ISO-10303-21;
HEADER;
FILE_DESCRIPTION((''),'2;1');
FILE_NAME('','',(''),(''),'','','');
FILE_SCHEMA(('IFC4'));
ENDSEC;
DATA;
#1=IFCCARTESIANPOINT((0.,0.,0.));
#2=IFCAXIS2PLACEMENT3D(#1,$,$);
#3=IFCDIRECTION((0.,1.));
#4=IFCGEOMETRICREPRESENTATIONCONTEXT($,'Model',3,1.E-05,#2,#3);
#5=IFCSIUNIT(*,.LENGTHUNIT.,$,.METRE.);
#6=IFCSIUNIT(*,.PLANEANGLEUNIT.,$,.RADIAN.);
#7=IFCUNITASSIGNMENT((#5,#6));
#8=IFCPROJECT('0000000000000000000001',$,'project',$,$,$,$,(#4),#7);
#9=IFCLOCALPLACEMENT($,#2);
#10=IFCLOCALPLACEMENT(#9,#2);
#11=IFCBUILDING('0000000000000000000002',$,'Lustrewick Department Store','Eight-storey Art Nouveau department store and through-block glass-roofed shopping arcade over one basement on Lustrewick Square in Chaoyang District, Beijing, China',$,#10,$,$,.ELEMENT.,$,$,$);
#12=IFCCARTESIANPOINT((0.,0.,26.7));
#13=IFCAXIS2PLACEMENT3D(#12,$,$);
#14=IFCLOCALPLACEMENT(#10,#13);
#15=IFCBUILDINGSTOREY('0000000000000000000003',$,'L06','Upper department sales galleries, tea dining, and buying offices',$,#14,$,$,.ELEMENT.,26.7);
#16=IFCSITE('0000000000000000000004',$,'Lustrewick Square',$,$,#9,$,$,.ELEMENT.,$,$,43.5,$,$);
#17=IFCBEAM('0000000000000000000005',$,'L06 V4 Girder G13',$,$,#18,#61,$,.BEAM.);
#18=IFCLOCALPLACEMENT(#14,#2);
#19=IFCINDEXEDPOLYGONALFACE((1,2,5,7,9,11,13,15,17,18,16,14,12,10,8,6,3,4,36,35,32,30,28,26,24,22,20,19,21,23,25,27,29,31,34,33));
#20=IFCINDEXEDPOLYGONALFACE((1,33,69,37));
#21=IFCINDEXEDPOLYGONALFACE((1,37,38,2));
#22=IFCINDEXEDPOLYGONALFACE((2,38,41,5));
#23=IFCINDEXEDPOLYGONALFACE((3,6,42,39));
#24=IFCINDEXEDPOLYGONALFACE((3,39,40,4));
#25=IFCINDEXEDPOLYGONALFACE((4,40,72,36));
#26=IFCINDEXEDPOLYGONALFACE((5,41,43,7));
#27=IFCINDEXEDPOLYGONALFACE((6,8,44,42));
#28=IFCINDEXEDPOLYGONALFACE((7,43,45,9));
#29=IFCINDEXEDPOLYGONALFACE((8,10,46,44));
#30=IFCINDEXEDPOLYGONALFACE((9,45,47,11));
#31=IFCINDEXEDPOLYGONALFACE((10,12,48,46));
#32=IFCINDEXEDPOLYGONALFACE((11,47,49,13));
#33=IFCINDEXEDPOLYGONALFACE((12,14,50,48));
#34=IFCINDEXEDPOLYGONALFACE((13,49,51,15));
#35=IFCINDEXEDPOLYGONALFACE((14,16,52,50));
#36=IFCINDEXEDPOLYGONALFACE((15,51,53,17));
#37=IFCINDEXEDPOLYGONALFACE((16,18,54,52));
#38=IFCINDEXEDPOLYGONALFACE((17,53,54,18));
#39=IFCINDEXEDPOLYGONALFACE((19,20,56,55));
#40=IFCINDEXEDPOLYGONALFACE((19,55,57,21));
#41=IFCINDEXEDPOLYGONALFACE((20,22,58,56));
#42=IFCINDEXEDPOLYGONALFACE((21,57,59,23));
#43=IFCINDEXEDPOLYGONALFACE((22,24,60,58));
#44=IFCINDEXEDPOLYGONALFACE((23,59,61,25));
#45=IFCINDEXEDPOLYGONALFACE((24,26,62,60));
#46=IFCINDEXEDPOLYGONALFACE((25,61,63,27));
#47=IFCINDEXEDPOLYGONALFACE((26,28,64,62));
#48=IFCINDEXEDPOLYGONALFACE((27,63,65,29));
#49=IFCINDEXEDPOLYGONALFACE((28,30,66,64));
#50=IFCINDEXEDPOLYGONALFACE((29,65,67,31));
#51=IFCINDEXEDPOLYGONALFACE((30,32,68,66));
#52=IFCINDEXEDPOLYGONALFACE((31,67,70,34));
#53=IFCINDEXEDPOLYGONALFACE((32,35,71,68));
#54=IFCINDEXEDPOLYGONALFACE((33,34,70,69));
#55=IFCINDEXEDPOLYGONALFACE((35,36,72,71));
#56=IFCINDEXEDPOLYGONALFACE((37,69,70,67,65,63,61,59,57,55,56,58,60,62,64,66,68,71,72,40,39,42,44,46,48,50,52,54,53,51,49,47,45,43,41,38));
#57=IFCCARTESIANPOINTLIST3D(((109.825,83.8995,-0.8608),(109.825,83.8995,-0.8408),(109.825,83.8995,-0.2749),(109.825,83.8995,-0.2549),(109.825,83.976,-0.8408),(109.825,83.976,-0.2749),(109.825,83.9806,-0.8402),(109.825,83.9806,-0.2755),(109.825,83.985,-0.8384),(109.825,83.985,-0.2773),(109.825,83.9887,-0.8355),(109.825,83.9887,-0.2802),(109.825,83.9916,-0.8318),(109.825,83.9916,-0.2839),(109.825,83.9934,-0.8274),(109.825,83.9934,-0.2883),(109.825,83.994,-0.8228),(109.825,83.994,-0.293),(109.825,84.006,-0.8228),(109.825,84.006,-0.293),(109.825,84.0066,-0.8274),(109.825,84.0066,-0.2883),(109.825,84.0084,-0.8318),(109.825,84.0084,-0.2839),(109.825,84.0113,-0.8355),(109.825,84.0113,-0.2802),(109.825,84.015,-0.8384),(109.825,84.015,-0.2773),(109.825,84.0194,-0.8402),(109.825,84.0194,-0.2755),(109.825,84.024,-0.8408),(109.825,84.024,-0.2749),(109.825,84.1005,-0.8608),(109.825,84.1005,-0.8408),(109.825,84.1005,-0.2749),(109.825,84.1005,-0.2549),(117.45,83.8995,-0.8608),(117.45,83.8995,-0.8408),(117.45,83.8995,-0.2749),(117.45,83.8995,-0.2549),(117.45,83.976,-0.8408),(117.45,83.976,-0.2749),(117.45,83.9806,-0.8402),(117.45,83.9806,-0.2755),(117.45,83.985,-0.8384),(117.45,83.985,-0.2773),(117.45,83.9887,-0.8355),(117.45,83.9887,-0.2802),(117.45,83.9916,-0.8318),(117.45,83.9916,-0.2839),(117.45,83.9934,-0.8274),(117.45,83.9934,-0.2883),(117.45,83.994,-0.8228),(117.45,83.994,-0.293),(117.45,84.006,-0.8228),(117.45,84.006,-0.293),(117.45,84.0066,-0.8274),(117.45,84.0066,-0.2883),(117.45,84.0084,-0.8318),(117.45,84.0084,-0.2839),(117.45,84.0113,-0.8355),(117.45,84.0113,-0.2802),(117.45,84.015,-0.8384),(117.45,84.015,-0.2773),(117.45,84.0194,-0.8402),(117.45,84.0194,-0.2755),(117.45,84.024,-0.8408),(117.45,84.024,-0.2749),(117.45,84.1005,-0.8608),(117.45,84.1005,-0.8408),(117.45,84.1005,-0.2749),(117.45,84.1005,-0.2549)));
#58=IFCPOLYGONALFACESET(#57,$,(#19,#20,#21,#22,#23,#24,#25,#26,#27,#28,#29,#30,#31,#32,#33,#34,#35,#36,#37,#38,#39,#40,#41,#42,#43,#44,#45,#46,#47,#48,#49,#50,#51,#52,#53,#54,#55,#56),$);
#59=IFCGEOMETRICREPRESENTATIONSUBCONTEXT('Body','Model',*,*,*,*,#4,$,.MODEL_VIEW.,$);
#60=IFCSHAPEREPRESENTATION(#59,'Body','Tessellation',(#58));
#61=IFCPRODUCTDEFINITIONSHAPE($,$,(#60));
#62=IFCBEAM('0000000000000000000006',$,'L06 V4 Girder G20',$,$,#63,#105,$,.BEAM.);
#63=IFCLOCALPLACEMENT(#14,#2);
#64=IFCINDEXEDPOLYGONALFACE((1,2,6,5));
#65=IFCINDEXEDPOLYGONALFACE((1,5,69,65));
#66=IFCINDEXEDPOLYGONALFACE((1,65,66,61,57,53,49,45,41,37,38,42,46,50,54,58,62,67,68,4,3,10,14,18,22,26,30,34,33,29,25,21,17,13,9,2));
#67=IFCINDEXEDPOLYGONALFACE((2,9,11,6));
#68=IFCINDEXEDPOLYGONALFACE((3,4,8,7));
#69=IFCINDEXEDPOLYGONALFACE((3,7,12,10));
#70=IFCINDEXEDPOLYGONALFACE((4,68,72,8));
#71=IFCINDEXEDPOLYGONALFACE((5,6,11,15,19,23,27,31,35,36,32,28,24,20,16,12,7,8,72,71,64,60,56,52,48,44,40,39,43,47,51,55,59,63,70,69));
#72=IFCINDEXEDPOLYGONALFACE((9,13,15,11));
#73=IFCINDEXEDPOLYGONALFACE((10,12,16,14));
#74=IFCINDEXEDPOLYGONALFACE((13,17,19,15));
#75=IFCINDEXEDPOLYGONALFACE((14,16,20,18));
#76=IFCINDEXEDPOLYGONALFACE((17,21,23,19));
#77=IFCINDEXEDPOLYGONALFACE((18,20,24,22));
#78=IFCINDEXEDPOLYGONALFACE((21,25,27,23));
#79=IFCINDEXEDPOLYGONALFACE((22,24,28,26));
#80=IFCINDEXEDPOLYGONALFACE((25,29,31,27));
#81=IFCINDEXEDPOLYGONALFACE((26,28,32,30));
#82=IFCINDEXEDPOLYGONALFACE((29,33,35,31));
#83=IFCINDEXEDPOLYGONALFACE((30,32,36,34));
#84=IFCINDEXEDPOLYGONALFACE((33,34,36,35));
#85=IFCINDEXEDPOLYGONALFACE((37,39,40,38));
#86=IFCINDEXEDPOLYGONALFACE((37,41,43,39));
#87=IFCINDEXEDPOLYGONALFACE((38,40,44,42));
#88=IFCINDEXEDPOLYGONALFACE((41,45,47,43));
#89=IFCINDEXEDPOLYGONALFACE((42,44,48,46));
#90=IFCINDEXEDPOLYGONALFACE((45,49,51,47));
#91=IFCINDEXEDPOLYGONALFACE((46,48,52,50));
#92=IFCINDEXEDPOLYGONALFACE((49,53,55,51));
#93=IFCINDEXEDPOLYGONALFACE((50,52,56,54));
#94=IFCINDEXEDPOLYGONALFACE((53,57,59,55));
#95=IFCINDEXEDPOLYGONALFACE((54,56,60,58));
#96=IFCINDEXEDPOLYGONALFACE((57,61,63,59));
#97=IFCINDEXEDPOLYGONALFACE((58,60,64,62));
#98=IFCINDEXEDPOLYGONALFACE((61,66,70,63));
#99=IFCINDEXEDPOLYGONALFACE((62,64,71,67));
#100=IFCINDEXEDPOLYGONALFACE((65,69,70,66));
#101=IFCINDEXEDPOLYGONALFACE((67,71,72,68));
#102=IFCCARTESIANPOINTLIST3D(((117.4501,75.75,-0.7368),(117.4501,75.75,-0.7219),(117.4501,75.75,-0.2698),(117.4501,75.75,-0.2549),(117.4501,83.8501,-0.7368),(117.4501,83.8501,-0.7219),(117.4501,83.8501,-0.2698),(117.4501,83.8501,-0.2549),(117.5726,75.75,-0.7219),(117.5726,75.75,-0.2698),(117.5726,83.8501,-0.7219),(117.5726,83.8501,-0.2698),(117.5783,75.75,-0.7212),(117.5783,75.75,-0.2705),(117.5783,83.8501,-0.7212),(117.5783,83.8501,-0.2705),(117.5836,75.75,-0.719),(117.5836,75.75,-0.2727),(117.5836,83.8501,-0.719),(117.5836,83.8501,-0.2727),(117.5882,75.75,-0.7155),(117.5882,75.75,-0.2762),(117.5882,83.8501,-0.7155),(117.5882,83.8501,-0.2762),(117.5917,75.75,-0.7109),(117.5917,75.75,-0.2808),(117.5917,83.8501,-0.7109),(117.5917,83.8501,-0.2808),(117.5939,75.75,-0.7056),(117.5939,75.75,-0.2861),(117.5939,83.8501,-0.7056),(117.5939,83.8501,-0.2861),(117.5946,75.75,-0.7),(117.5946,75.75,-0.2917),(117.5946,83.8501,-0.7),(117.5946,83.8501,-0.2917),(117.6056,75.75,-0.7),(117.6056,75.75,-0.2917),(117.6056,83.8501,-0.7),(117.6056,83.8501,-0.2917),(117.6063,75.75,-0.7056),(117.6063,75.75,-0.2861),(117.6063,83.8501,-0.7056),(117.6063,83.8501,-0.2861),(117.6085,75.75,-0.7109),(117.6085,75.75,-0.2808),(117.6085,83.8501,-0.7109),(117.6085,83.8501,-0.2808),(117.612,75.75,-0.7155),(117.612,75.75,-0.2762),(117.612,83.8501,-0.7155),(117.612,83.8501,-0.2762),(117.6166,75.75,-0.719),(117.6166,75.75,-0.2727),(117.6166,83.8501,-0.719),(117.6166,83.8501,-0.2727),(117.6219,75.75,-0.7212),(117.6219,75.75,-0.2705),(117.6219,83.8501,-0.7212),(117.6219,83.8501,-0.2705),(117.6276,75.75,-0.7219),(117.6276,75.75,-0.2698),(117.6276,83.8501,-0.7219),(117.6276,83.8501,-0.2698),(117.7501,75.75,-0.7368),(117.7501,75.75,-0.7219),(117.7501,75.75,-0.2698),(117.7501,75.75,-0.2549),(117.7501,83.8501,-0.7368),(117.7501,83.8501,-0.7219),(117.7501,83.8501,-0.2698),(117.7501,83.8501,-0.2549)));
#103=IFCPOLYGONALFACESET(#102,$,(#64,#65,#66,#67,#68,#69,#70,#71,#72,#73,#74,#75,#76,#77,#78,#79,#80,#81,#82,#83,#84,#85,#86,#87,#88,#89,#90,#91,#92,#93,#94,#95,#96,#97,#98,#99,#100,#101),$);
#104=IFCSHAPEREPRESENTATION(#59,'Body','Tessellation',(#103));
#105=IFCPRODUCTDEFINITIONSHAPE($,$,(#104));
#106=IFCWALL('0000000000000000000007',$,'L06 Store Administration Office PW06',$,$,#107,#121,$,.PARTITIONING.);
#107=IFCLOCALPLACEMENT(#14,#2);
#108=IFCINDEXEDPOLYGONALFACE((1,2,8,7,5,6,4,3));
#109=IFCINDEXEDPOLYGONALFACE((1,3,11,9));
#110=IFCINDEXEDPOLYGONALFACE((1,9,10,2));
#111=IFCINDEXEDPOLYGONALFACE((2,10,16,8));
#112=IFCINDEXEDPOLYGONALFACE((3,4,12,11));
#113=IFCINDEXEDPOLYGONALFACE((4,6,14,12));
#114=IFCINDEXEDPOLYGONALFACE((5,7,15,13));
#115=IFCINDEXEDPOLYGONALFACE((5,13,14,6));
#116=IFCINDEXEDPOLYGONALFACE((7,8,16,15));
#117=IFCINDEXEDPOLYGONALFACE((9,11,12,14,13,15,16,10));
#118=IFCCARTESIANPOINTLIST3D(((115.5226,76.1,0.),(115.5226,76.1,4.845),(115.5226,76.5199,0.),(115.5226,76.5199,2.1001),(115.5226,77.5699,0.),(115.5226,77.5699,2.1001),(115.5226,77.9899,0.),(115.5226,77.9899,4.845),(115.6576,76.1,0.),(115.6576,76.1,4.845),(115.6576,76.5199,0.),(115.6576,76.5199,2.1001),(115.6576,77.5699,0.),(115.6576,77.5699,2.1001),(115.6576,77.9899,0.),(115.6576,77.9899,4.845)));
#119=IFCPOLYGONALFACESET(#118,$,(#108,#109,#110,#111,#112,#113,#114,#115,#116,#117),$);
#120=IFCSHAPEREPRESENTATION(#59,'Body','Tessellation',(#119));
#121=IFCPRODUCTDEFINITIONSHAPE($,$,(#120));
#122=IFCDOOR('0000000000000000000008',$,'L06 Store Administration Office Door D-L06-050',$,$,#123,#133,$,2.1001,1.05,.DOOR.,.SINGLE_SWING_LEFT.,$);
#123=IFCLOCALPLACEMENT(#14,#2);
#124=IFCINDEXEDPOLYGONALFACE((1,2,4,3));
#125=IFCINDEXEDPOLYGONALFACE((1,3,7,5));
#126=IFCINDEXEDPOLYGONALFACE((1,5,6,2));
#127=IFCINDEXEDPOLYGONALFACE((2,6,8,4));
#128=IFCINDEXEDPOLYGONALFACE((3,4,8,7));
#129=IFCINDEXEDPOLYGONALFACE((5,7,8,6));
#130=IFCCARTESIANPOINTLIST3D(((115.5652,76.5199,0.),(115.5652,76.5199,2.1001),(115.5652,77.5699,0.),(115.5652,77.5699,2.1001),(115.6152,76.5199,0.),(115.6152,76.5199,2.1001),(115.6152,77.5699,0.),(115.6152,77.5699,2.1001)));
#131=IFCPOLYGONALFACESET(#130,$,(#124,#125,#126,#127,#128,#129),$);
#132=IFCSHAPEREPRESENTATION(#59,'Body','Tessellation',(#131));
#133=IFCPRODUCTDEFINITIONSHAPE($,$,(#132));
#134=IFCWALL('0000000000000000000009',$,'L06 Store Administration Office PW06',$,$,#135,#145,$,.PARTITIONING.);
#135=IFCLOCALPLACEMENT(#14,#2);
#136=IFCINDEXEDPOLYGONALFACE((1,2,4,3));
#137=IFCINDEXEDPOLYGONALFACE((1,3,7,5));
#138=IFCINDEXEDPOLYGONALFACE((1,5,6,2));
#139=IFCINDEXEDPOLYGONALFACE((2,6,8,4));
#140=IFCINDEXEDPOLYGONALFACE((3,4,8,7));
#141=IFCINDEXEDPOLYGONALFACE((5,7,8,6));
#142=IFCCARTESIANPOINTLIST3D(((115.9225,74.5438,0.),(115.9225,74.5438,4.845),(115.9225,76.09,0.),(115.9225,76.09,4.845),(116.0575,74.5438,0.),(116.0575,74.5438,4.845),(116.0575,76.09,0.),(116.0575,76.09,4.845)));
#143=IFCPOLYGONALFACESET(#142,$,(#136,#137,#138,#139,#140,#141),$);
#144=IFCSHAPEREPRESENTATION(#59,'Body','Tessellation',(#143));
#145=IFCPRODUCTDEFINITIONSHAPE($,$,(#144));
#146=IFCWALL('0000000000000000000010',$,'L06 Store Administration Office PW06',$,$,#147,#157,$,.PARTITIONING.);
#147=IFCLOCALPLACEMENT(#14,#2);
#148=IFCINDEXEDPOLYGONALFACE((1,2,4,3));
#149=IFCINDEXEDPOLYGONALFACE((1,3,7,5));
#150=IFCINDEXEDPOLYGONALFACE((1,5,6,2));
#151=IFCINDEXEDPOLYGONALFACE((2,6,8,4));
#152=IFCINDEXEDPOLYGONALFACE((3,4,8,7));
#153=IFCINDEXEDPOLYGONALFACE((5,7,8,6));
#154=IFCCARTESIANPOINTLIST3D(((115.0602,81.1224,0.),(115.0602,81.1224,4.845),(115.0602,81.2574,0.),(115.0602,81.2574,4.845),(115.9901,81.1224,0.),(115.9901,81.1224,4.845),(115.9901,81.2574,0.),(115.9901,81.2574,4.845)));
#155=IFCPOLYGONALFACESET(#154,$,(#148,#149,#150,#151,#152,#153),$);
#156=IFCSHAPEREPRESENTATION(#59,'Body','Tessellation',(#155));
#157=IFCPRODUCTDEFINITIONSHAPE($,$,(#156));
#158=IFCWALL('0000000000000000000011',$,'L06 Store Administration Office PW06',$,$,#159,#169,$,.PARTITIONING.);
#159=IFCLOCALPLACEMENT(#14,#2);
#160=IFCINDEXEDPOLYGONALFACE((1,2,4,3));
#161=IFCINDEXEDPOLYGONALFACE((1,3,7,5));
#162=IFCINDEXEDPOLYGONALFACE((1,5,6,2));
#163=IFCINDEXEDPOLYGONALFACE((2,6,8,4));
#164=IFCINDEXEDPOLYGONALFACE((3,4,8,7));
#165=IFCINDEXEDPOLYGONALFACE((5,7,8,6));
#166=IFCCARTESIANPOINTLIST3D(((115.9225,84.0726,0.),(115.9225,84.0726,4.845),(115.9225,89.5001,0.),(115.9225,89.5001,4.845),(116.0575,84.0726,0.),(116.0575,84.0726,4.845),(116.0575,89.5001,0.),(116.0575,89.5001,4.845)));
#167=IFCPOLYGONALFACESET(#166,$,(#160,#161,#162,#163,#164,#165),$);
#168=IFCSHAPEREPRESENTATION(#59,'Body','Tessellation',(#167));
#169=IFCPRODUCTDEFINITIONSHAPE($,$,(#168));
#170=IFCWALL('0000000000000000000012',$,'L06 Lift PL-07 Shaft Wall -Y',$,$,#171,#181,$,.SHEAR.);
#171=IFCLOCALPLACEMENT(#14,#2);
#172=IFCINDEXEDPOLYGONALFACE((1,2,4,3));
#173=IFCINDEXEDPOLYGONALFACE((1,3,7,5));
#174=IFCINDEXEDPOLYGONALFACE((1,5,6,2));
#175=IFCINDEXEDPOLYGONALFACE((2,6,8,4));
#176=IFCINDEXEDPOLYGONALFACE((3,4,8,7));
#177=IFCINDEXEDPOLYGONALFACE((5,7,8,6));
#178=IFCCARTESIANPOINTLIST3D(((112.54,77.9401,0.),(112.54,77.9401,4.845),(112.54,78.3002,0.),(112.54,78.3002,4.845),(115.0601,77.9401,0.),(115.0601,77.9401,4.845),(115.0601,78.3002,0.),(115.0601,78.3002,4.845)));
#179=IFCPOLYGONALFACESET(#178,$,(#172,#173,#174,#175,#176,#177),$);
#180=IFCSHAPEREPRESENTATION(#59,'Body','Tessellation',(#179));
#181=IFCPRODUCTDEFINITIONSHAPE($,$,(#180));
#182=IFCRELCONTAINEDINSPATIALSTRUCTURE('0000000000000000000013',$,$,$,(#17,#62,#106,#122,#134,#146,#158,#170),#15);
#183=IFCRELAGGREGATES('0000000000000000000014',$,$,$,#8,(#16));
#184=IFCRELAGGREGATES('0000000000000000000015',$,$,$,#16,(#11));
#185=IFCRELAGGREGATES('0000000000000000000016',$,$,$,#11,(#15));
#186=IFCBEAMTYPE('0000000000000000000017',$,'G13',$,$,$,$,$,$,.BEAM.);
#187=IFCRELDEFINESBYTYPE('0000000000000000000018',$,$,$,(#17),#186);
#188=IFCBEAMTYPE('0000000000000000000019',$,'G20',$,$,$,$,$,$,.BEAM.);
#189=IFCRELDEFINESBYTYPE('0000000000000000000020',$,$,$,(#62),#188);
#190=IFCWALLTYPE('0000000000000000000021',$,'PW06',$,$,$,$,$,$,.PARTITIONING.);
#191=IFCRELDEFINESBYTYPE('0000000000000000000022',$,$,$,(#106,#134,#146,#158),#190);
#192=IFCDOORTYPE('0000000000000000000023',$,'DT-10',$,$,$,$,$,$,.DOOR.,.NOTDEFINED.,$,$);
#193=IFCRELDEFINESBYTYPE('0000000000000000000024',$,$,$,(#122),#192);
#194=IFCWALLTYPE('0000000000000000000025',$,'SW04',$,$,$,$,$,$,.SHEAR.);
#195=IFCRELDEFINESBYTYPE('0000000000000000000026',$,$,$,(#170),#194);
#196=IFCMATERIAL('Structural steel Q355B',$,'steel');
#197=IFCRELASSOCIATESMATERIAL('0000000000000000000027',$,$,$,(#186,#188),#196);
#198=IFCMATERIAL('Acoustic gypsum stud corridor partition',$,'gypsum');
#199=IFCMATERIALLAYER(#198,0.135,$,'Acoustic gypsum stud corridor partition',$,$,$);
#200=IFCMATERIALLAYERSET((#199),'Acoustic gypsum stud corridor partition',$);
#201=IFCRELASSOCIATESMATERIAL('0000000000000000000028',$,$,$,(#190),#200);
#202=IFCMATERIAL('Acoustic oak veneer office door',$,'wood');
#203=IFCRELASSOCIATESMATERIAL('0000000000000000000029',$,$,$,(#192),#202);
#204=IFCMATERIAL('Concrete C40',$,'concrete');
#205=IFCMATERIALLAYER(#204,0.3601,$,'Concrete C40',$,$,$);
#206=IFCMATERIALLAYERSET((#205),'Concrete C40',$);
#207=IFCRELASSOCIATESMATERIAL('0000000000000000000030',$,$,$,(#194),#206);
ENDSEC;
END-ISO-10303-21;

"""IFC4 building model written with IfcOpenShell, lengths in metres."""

from ifc_helpers import new_model, si_unit, direction, frame, frame_2d, origin, origin_2d, place, context, subcontext, project, spatial, rectangle, i_section, extrude, material, layer, layer_set, material_profile, profile_set, type_object, element, fill, save


model = new_model("IFC4")

# Units and contexts
model_context = context("Model", 3, precision=1e-05, world=origin(), true_north=direction((0.0, 1.0)))
body_context = subcontext(model_context, "Body", "Model", "MODEL_VIEW")
ifc_project = project(units=[si_unit("LENGTHUNIT", "METRE"), si_unit("PLANEANGLEUNIT", "RADIAN")], contexts=[model_context])

# Site, building, storey
site_placement = place(None, origin())
site = spatial("IfcSite", under=ifc_project, at=site_placement, Name="Lustrewick Square", CompositionType="ELEMENT", RefElevation=43.5)
building_placement = place(site_placement, origin())
building = spatial("IfcBuilding", under=site, at=building_placement, Name="Lustrewick Department Store", Description="Eight-storey Art Nouveau department store and through-block glass-roofed shopping arcade over one basement on Lustrewick Square in Chaoyang District, Beijing, China", CompositionType="ELEMENT")
storey_placement = place(building_placement, frame((0.0, 0.0, 26.7)))
storey = spatial("IfcBuildingStorey", under=building, at=storey_placement, Name="L06", Description="Upper department sales galleries, tea dining, and buying offices", CompositionType="ELEMENT", Elevation=26.7)

# Shared definitions
ifc_material_1 = material(Name="Structural steel Q355B", Category="steel")

# Beams
ifc_material_profile_1 = material_profile(ifc_material_1, i_section(OverallWidth=0.2009, OverallDepth=0.606, WebThickness=0.012, FlangeThickness=0.02, FilletRadius=0.0181, at=origin_2d()), Name="HN 606x201x12x20")
ifc_profile_set_1 = profile_set([ifc_material_profile_1], Name="Structural steel Q355B")
beam_type_1 = type_object("IfcBeamType", Name="G13", PredefinedType="BEAM", material=ifc_profile_set_1)
beam_1_placement = place(storey_placement, frame((109.825, 84.0, -0.5579), z_axis=(1.0, 0.0, 0.0), x_axis=(0.0, 1.0, 0.0)))
element("IfcBeam", 1, at=beam_1_placement, inside=storey, type_object=beam_type_1, Name="L06 V4 Girder G13", PredefinedType="BEAM", context=body_context, shape_type="SweptSolid", body=[
    extrude(i_section(OverallWidth=0.2009, OverallDepth=0.606, WebThickness=0.012, FlangeThickness=0.02, FilletRadius=0.0181, at=origin_2d()), origin(), (0.0, 0.0, 1.0), 7.625),
])
ifc_material_profile_2 = material_profile(ifc_material_1, i_section(OverallWidth=0.3, OverallDepth=0.4819, WebThickness=0.011, FlangeThickness=0.0149, FilletRadius=0.022, at=origin_2d()), Name="HM 482x300x11x15")
ifc_profile_set_2 = profile_set([ifc_material_profile_2], Name="Structural steel Q355B")
beam_type_2 = type_object("IfcBeamType", Name="G20", PredefinedType="BEAM", material=ifc_profile_set_2)
beam_2_placement = place(storey_placement, frame((117.6001, 75.75, -0.4958), z_axis=(0.0, 1.0, 0.0), x_axis=(-1.0, 0.0, 0.0)))
element("IfcBeam", 2, at=beam_2_placement, inside=storey, type_object=beam_type_2, Name="L06 V4 Girder G20", PredefinedType="BEAM", context=body_context, shape_type="SweptSolid", body=[
    extrude(i_section(OverallWidth=0.3, OverallDepth=0.4819, WebThickness=0.011, FlangeThickness=0.0149, FilletRadius=0.022, at=origin_2d()), origin(), (0.0, 0.0, 1.0), 8.1001),
])

# Wall, opening, door
ifc_material_2 = material(Name="Acoustic gypsum stud corridor partition", Category="gypsum")
ifc_layer_1 = layer(ifc_material_2, 0.135, Name="Acoustic gypsum stud corridor partition")
ifc_layer_set_1 = layer_set([ifc_layer_1], Name="Acoustic gypsum stud corridor partition")
wall_type_1 = type_object("IfcWallType", Name="PW06", PredefinedType="PARTITIONING", material=ifc_layer_set_1)
wall_1_placement = place(storey_placement, frame((115.5901, 76.1001, 0.0), z_axis=(0.0, 0.0, 1.0), x_axis=(0.0, 1.0, 0.0)))
wall_1 = element("IfcWall", 3, at=wall_1_placement, inside=storey, type_object=wall_type_1, Name="L06 Store Administration Office PW06", PredefinedType="PARTITIONING", context=body_context, shape_type="SweptSolid", body=[
    extrude(rectangle(XDim=1.8899, YDim=0.135, at=frame_2d((0.9448, 0.0))), origin(), (0.0, 0.0, 1.0), 4.845),
])
opening_1_placement = place(wall_1_placement, frame((0.4199, 0.0, 0.0)))
opening_1 = element("IfcOpeningElement", 4, at=opening_1_placement, cuts=wall_1, PredefinedType="OPENING", context=body_context, shape_type="SweptSolid", body=[
    extrude(rectangle(XDim=1.05, YDim=2.1001, at=frame_2d((0.5249, 1.05))), frame((0.0, 0.0776, 0.0), z_axis=(0.0, -1.0, 0.0), x_axis=(1.0, 0.0, 0.0)), (0.0, 0.0, 1.0), 0.155),
])
ifc_material_3 = material(Name="Acoustic oak veneer office door", Category="wood")
door_type_1 = type_object("IfcDoorType", Name="DT-10", OperationType="NOTDEFINED", PredefinedType="DOOR", material=ifc_material_3)
door_1_placement = place(opening_1_placement, origin())
door_1 = element("IfcDoor", 5, at=door_1_placement, inside=storey, type_object=door_type_1, Name="L06 Store Administration Office Door D-L06-050", OperationType="SINGLE_SWING_LEFT", OverallHeight=2.1001, OverallWidth=1.05, PredefinedType="DOOR", context=body_context, shape_type="SweptSolid", body=[
    extrude(rectangle(XDim=1.05, YDim=2.1001, at=frame_2d((0.5249, 1.05))), frame((0.0, 0.0249, 0.0), z_axis=(0.0, -1.0, 0.0), x_axis=(1.0, 0.0, 0.0)), (0.0, 0.0, 1.0), 0.05),
])
fill(opening_1, door_1)

# Walls
wall_2_placement = place(storey_placement, frame((115.99, 74.5439, 0.0), z_axis=(0.0, 0.0, 1.0), x_axis=(0.0, 1.0, 0.0)))
element("IfcWall", 6, at=wall_2_placement, inside=storey, type_object=wall_type_1, Name="L06 Store Administration Office PW06", PredefinedType="PARTITIONING", context=body_context, shape_type="SweptSolid", body=[
    extrude(rectangle(XDim=1.5461, YDim=0.135, at=frame_2d((0.7729, 0.0))), origin(), (0.0, 0.0, 1.0), 4.845),
])
wall_3_placement = place(storey_placement, frame((115.99, 81.1899, 0.0), z_axis=(0.0, 0.0, 1.0), x_axis=(-1.0, 0.0, 0.0)))
element("IfcWall", 7, at=wall_3_placement, inside=storey, type_object=wall_type_1, Name="L06 Store Administration Office PW06", PredefinedType="PARTITIONING", context=body_context, shape_type="SweptSolid", body=[
    extrude(rectangle(XDim=0.9299, YDim=0.135, at=frame_2d((0.4648, 0.0))), origin(), (0.0, 0.0, 1.0), 4.845),
])
wall_4_placement = place(storey_placement, frame((115.99, 84.0725, 0.0), z_axis=(0.0, 0.0, 1.0), x_axis=(0.0, 1.0, 0.0)))
element("IfcWall", 8, at=wall_4_placement, inside=storey, type_object=wall_type_1, Name="L06 Store Administration Office PW06", PredefinedType="PARTITIONING", context=body_context, shape_type="SweptSolid", body=[
    extrude(rectangle(XDim=5.4275, YDim=0.135, at=frame_2d((2.7139, 0.0))), origin(), (0.0, 0.0, 1.0), 4.845),
])
ifc_material_4 = material(Name="Concrete C40", Category="concrete")
ifc_layer_2 = layer(ifc_material_4, 0.3601, Name="Concrete C40")
ifc_layer_set_2 = layer_set([ifc_layer_2], Name="Concrete C40")
wall_type_2 = type_object("IfcWallType", Name="SW04", PredefinedType="SHEAR", material=ifc_layer_set_2)
wall_5_placement = place(storey_placement, frame((112.54, 78.1201, 0.0), z_axis=(0.0, 0.0, 1.0), x_axis=(1.0, 0.0, 0.0)))
element("IfcWall", 9, at=wall_5_placement, inside=storey, type_object=wall_type_2, Name="L06 Lift PL-07 Shaft Wall -Y", PredefinedType="SHEAR", context=body_context, shape_type="SweptSolid", body=[
    extrude(rectangle(XDim=2.52, YDim=0.3601, at=frame_2d((1.26, 0.0))), origin(), (0.0, 0.0, 1.0), 4.845),
])

save(model, "model.ifc")
